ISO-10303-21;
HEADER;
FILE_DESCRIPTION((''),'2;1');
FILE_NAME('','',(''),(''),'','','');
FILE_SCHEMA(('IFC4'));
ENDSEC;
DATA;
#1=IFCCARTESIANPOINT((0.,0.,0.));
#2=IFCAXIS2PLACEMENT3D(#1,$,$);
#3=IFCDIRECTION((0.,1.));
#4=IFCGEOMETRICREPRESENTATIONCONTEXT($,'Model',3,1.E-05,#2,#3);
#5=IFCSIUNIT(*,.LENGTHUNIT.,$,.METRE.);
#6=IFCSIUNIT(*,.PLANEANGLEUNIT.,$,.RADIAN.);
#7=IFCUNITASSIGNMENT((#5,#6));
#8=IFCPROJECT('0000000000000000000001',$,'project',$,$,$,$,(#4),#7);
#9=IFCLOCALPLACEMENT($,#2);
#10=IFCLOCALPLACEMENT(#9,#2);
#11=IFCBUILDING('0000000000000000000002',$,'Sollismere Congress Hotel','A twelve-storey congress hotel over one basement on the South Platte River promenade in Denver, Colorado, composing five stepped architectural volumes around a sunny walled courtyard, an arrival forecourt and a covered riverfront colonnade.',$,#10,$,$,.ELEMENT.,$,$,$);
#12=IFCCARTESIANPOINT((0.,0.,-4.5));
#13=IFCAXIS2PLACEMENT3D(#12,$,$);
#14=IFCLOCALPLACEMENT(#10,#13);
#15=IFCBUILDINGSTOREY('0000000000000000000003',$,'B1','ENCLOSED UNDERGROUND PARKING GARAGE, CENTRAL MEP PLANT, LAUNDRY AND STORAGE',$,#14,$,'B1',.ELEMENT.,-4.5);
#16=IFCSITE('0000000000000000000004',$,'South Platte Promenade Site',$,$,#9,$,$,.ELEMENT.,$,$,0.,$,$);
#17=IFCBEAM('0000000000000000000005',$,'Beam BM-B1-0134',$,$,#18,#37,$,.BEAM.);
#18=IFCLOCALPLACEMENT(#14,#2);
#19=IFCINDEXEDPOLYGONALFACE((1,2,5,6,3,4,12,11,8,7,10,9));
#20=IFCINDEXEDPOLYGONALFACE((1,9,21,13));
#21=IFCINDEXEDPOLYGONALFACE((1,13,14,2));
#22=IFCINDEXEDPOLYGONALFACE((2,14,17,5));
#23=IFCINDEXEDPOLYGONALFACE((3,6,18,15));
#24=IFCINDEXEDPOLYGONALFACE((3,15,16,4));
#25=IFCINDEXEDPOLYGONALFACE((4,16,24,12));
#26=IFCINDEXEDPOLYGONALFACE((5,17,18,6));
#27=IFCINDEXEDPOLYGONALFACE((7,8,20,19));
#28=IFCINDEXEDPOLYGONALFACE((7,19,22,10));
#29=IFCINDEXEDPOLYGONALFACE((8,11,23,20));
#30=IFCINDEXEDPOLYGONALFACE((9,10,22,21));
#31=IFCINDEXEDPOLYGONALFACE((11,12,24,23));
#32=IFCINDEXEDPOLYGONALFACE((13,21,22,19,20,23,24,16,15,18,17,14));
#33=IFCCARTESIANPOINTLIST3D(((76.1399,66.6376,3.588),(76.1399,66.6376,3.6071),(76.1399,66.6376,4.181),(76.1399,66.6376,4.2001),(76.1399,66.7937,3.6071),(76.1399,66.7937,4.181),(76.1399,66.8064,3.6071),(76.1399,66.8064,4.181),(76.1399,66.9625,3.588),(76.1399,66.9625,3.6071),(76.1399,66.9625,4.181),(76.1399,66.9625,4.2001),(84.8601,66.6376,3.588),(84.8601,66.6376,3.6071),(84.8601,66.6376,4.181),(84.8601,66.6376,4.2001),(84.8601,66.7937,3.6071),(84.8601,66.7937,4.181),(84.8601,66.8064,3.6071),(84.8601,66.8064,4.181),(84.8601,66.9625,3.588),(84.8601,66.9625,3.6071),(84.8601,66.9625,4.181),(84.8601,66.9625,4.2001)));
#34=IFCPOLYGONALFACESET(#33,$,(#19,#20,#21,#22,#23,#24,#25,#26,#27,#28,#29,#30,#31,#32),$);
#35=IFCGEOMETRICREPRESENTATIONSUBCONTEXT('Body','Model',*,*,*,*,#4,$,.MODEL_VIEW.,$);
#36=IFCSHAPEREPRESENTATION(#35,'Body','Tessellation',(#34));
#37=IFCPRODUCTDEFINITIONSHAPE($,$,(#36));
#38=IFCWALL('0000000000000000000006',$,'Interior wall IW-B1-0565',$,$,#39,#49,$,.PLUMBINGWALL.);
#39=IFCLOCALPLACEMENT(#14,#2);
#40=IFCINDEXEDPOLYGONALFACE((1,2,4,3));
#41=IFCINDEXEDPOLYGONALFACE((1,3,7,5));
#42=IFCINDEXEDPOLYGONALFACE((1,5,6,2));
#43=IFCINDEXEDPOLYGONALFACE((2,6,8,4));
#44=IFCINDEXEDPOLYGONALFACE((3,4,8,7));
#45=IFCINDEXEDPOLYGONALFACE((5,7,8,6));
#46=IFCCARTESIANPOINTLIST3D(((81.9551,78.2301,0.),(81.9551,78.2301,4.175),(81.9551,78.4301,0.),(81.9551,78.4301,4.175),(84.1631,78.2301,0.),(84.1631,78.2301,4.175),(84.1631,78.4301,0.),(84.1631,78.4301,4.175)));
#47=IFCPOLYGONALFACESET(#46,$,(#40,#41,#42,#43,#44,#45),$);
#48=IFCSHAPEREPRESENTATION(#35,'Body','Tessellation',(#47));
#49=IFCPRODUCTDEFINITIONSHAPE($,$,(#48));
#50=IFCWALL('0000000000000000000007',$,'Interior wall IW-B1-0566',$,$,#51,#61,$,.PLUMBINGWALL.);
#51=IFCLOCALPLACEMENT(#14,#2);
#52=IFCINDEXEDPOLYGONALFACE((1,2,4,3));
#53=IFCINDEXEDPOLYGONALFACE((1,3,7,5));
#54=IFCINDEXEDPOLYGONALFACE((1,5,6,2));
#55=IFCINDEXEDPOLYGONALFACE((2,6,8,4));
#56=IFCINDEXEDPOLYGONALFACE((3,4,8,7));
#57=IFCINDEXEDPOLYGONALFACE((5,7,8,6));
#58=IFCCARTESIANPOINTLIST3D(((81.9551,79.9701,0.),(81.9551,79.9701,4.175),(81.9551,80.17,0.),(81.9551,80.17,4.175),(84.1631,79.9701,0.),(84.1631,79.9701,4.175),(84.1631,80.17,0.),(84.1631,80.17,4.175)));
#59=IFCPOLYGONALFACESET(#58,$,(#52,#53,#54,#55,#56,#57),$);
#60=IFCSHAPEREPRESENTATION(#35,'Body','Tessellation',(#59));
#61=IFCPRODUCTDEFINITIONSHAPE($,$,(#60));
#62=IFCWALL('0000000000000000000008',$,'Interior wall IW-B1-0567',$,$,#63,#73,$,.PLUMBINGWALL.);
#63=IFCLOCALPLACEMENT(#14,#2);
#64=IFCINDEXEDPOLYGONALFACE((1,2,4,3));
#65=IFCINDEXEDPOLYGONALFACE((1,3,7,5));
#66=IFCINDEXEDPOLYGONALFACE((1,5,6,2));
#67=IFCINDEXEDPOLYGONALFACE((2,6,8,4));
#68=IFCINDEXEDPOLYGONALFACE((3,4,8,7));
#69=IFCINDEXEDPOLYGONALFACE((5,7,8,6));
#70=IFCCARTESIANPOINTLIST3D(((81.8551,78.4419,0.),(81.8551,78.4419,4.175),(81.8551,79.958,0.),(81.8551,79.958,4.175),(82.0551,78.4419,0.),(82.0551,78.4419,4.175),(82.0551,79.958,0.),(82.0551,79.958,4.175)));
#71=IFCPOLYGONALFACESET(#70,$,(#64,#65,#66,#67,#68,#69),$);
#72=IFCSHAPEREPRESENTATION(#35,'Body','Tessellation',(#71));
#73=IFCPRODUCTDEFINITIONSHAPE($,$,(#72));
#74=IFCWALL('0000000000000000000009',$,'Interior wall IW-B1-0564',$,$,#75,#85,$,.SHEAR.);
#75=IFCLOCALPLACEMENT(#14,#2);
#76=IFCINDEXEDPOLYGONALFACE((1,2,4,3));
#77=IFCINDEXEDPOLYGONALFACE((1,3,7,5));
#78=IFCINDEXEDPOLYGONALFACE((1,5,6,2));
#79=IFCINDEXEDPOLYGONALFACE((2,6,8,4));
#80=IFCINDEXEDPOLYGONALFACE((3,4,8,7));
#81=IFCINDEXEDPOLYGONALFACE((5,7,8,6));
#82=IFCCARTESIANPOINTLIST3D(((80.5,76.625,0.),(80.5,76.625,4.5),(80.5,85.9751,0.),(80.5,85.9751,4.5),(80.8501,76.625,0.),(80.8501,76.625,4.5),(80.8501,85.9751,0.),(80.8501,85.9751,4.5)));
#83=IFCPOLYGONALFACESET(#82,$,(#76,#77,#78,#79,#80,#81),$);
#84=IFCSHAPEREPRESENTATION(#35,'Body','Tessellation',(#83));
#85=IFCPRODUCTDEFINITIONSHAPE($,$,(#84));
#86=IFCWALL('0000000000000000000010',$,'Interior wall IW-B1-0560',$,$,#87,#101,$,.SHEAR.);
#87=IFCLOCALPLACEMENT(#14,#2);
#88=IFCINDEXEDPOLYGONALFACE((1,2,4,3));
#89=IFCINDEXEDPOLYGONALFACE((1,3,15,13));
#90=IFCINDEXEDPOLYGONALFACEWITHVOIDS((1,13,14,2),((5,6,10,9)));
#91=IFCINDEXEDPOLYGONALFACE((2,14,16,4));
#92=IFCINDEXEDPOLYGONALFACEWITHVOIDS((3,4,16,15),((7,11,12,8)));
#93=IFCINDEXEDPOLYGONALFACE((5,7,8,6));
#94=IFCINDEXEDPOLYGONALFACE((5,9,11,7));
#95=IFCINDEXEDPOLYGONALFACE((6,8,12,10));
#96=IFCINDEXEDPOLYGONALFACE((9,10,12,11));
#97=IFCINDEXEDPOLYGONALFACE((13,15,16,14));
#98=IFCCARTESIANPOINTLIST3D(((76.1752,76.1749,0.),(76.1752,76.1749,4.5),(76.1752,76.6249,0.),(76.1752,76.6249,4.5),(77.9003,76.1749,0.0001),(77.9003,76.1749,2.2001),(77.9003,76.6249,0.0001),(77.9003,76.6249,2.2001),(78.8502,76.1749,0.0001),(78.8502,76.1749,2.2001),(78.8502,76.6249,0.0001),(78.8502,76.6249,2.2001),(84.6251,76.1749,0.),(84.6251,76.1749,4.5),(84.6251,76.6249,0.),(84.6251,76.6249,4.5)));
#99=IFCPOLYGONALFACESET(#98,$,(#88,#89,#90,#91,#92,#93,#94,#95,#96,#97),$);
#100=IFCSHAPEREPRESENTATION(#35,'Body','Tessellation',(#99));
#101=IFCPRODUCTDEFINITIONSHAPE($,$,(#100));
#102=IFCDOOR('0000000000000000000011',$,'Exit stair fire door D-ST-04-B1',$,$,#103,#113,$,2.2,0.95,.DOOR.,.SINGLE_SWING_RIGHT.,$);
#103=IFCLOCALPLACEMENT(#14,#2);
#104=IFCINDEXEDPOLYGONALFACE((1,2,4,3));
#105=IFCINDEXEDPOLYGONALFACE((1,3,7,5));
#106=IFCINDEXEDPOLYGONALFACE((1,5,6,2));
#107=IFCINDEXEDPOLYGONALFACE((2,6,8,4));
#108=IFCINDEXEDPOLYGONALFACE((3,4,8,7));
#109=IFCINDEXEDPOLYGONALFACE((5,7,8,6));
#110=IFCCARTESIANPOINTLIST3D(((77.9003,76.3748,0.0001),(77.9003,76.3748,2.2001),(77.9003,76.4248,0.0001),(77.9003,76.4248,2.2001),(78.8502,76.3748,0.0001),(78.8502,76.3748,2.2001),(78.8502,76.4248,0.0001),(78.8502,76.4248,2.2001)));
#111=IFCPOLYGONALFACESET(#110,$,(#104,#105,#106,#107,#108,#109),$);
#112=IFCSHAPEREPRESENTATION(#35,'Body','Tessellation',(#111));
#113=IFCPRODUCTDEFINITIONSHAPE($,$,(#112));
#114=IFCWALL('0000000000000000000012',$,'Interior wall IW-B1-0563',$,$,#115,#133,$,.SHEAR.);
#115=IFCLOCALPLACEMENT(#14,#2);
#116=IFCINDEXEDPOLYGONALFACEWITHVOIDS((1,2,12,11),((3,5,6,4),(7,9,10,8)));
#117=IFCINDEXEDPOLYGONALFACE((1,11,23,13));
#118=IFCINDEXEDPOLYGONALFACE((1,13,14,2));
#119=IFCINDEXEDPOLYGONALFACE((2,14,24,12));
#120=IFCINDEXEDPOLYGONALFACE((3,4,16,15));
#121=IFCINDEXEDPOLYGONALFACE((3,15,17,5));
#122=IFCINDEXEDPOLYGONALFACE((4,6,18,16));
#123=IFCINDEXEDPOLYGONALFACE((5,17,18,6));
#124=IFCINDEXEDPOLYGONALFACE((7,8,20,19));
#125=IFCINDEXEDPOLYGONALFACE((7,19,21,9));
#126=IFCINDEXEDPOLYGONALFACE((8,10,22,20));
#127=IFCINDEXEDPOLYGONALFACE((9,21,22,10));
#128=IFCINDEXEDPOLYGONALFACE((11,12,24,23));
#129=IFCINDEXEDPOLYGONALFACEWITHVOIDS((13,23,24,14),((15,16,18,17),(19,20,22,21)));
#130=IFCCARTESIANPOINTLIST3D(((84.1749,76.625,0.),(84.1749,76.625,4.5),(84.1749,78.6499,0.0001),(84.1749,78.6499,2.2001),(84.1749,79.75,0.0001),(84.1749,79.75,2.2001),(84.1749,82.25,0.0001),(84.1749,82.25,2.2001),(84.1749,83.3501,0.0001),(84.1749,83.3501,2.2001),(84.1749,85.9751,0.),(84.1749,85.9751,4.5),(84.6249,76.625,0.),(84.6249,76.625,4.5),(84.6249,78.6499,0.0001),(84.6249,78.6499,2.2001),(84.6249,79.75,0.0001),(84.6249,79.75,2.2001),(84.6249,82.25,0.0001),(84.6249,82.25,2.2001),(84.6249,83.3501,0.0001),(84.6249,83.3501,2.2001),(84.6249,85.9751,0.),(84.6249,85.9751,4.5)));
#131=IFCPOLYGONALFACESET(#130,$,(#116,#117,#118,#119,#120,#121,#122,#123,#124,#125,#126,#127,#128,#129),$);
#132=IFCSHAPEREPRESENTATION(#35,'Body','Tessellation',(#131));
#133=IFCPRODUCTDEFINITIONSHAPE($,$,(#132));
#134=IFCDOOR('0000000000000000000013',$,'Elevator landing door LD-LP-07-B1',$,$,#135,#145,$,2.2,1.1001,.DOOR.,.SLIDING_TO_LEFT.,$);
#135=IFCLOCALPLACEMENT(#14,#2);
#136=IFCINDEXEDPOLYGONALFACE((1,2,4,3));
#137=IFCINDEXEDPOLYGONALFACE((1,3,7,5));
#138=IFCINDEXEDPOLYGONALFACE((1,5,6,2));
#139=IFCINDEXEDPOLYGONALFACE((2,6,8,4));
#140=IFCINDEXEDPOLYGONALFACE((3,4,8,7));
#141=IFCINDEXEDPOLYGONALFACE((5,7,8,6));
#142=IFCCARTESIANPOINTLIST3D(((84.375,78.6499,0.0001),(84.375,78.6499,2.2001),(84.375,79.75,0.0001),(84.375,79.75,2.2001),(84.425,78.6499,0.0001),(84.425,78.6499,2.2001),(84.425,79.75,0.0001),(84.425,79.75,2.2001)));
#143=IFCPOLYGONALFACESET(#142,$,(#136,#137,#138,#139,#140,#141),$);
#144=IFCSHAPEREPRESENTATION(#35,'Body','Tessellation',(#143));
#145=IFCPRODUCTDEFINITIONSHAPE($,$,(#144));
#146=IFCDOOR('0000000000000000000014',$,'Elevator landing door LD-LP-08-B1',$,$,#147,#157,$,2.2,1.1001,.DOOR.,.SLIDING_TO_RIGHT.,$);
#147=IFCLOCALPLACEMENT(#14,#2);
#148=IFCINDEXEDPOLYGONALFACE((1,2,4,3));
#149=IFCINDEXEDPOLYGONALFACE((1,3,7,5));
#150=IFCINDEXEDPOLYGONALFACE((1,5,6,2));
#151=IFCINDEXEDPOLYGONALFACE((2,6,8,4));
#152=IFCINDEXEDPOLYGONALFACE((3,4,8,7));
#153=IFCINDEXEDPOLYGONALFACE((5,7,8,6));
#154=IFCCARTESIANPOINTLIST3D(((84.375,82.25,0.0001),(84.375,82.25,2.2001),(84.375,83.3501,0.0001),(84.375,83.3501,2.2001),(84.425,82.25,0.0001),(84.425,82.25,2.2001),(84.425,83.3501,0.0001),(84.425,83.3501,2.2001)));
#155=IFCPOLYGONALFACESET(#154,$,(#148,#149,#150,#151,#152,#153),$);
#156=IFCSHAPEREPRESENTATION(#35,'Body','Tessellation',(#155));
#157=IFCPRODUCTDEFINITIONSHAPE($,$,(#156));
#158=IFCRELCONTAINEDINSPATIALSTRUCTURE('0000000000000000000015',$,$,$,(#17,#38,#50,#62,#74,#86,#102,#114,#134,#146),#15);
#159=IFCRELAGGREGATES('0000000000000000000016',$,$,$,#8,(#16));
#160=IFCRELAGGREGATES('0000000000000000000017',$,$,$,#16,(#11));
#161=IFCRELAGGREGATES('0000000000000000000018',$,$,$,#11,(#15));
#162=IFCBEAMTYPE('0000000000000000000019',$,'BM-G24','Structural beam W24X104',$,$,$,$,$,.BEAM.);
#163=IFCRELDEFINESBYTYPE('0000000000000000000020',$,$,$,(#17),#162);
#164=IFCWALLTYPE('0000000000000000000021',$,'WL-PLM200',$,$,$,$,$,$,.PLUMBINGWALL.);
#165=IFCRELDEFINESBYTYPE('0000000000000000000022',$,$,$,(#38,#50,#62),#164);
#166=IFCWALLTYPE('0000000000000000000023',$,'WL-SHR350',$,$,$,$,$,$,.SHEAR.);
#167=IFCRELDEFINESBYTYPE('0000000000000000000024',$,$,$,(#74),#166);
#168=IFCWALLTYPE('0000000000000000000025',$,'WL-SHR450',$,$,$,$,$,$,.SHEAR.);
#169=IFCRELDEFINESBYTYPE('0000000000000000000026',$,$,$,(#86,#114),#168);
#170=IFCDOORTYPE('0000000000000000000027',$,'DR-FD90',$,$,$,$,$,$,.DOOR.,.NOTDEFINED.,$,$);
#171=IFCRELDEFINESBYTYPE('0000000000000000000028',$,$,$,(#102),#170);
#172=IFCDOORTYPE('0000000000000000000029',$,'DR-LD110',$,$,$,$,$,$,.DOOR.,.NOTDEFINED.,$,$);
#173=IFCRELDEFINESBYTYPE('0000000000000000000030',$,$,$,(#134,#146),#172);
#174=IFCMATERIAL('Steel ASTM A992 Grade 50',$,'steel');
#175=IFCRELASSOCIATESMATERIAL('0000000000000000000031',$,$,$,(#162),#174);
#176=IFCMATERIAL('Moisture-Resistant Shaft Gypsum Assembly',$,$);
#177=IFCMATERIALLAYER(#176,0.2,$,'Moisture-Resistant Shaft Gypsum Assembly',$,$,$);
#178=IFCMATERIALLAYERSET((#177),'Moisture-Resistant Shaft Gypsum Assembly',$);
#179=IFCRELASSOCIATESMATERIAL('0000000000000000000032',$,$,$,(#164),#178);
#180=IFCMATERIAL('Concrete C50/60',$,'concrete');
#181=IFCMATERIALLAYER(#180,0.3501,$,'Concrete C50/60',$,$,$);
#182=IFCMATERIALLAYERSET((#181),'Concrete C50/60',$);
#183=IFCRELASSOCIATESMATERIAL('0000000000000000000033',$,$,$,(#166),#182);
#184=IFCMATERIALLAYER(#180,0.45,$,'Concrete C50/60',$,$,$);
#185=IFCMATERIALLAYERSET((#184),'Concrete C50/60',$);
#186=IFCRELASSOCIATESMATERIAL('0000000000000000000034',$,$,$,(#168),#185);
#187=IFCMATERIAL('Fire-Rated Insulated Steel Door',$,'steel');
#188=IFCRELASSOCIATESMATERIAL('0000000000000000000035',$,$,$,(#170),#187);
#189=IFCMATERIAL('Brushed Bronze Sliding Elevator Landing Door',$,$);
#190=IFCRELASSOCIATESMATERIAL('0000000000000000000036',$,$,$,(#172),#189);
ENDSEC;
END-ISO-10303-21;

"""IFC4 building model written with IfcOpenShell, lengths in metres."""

from ifc_helpers import new_model, si_unit, direction, frame, frame_2d, origin, origin_2d, place, context, subcontext, project, spatial, rectangle, i_section, extrude, material, layer, layer_set, material_profile, profile_set, type_object, element, fill, save


model = new_model("IFC4")

# Units and contexts
model_context = context("Model", 3, precision=1e-05, world=origin(), true_north=direction((0.0, 1.0)))
body_context = subcontext(model_context, "Body", "Model", "MODEL_VIEW")
ifc_project = project(units=[si_unit("LENGTHUNIT", "METRE"), si_unit("PLANEANGLEUNIT", "RADIAN")], contexts=[model_context])

# Site, building, storey
site_placement = place(None, origin())
site = spatial("IfcSite", under=ifc_project, at=site_placement, Name="South Platte Promenade Site", CompositionType="ELEMENT", RefElevation=0.0)
building_placement = place(site_placement, origin())
building = spatial("IfcBuilding", under=site, at=building_placement, Name="Sollismere Congress Hotel", Description="A twelve-storey congress hotel over one basement on the South Platte River promenade in Denver, Colorado, composing five stepped architectural volumes around a sunny walled courtyard, an arrival forecourt and a covered riverfront colonnade.", CompositionType="ELEMENT")
storey_placement = place(building_placement, frame((0.0, 0.0, -4.5)))
storey = spatial("IfcBuildingStorey", under=building, at=storey_placement, Name="B1", Description="ENCLOSED UNDERGROUND PARKING GARAGE, CENTRAL MEP PLANT, LAUNDRY AND STORAGE", LongName="B1", CompositionType="ELEMENT", Elevation=-4.5)

# Beam
ifc_material_1 = material(Name="Steel ASTM A992 Grade 50", Category="steel")
ifc_material_profile_1 = material_profile(ifc_material_1, i_section(OverallWidth=0.325, OverallDepth=0.6121, WebThickness=0.0127, FlangeThickness=0.019, at=origin_2d()), Name="W24X104")
ifc_profile_set_1 = profile_set([ifc_material_profile_1], Name="Steel ASTM A992 Grade 50")
beam_type = type_object("IfcBeamType", Name="BM-G24", Description="Structural beam W24X104", PredefinedType="BEAM", material=ifc_profile_set_1)
beam_placement = place(storey_placement, frame((76.1399, 66.8, 3.894), z_axis=(1.0, 0.0, 0.0), x_axis=(0.0, 1.0, 0.0)))
element("IfcBeam", 1, at=beam_placement, inside=storey, type_object=beam_type, Name="Beam BM-B1-0134", PredefinedType="BEAM", context=body_context, shape_type="SweptSolid", body=[
    extrude(i_section(OverallWidth=0.325, OverallDepth=0.6121, WebThickness=0.0127, FlangeThickness=0.019, at=origin_2d()), origin(), (0.0, 0.0, 1.0), 8.7202),
])

# Walls
ifc_material_2 = material(Name="Moisture-Resistant Shaft Gypsum Assembly")
ifc_layer_1 = layer(ifc_material_2, 0.2, Name="Moisture-Resistant Shaft Gypsum Assembly")
ifc_layer_set_1 = layer_set([ifc_layer_1], Name="Moisture-Resistant Shaft Gypsum Assembly")
wall_type_1 = type_object("IfcWallType", Name="WL-PLM200", PredefinedType="PLUMBINGWALL", material=ifc_layer_set_1)
for number, where, z_axis, x_axis, name in (
    (2, (81.9551, 78.3301, 0.0), (0.0, 0.0, 1.0), (1.0, 0.0, 0.0), "Interior wall IW-B1-0565"),
    (3, (81.9551, 80.0701, 0.0), (0.0, 0.0, 1.0), (1.0, 0.0, 0.0), "Interior wall IW-B1-0566"),
):
    element("IfcWall", number, at=place(storey_placement, frame(where, z_axis=z_axis, x_axis=x_axis)), inside=storey, type_object=wall_type_1, Name=name, PredefinedType="PLUMBINGWALL", context=body_context, shape_type="SweptSolid", body=[
        extrude(rectangle(XDim=2.208, YDim=0.2, at=frame_2d((1.104, 0.0))), origin(), (0.0, 0.0, 1.0), 4.175),
    ])
wall_1_placement = place(storey_placement, frame((81.9551, 78.4419, 0.0), z_axis=(0.0, 0.0, 1.0), x_axis=(0.0, 1.0, 0.0)))
element("IfcWall", 4, at=wall_1_placement, inside=storey, type_object=wall_type_1, Name="Interior wall IW-B1-0567", PredefinedType="PLUMBINGWALL", context=body_context, shape_type="SweptSolid", body=[
    extrude(rectangle(XDim=1.5161, YDim=0.2, at=frame_2d((0.7581, 0.0))), origin(), (0.0, 0.0, 1.0), 4.175),
])
ifc_material_3 = material(Name="Concrete C50/60", Category="concrete")
ifc_layer_2 = layer(ifc_material_3, 0.3501, Name="Concrete C50/60")
ifc_layer_set_2 = layer_set([ifc_layer_2], Name="Concrete C50/60")
wall_type_2 = type_object("IfcWallType", Name="WL-SHR350", PredefinedType="SHEAR", material=ifc_layer_set_2)
wall_2_placement = place(storey_placement, frame((80.675, 76.625, 0.0), z_axis=(0.0, 0.0, 1.0), x_axis=(0.0, 1.0, 0.0)))
element("IfcWall", 5, at=wall_2_placement, inside=storey, type_object=wall_type_2, Name="Interior wall IW-B1-0564", PredefinedType="SHEAR", context=body_context, shape_type="SweptSolid", body=[
    extrude(rectangle(XDim=9.3501, YDim=0.3501, at=frame_2d((4.675, 0.0))), origin(), (0.0, 0.0, 1.0), 4.5),
])

# Wall, opening, door
ifc_layer_3 = layer(ifc_material_3, 0.45, Name="Concrete C50/60")
ifc_layer_set_3 = layer_set([ifc_layer_3], Name="Concrete C50/60")
wall_type_3 = type_object("IfcWallType", Name="WL-SHR450", PredefinedType="SHEAR", material=ifc_layer_set_3)
wall_3_placement = place(storey_placement, frame((76.175, 76.3999, 0.0), z_axis=(0.0, 0.0, 1.0), x_axis=(1.0, 0.0, 0.0)))
wall_3 = element("IfcWall", 6, at=wall_3_placement, inside=storey, type_object=wall_type_3, Name="Interior wall IW-B1-0560", PredefinedType="SHEAR", context=body_context, shape_type="SweptSolid", body=[
    extrude(rectangle(XDim=8.45, YDim=0.45, at=frame_2d((4.2251, 0.0))), origin(), (0.0, 0.0, 1.0), 4.5),
])
opening_1_placement = place(wall_3_placement, frame((1.7251, 0.0, 0.0)))
opening_1 = element("IfcOpeningElement", 7, at=opening_1_placement, cuts=wall_3, PredefinedType="OPENING", context=body_context, shape_type="SweptSolid", body=[
    extrude(rectangle(XDim=0.95, YDim=2.2, at=frame_2d((0.4751, 1.1001))), frame((0.0, 0.2349, 0.0), z_axis=(0.0, -1.0, 0.0), x_axis=(1.0, 0.0, 0.0)), (0.0, 0.0, 1.0), 0.47),
])
ifc_material_4 = material(Name="Fire-Rated Insulated Steel Door", Category="steel")
door_type_1 = type_object("IfcDoorType", Name="DR-FD90", OperationType="NOTDEFINED", PredefinedType="DOOR", material=ifc_material_4)
door_1_placement = place(opening_1_placement, origin())
door_1 = element("IfcDoor", 8, at=door_1_placement, inside=storey, type_object=door_type_1, Name="Exit stair fire door D-ST-04-B1", OperationType="SINGLE_SWING_RIGHT", OverallHeight=2.2, OverallWidth=0.95, PredefinedType="DOOR", context=body_context, shape_type="SweptSolid", body=[
    extrude(rectangle(XDim=0.95, YDim=2.2, at=frame_2d((0.4751, 1.1001))), frame((0.0, 0.0249, 0.0), z_axis=(0.0, -1.0, 0.0), x_axis=(1.0, 0.0, 0.0)), (0.0, 0.0, 1.0), 0.05),
])
fill(opening_1, door_1)

# Wall, openings, doors
wall_4_placement = place(storey_placement, frame((84.3999, 76.625, 0.0), z_axis=(0.0, 0.0, 1.0), x_axis=(0.0, 1.0, 0.0)))
wall_4 = element("IfcWall", 9, at=wall_4_placement, inside=storey, type_object=wall_type_3, Name="Interior wall IW-B1-0563", PredefinedType="SHEAR", context=body_context, shape_type="SweptSolid", body=[
    extrude(rectangle(XDim=9.3501, YDim=0.45, at=frame_2d((4.675, 0.0))), origin(), (0.0, 0.0, 1.0), 4.5),
])
opening_2_placement = place(wall_4_placement, frame((2.0249, 0.0, 0.0)))
opening_2 = element("IfcOpeningElement", 10, at=opening_2_placement, cuts=wall_4, PredefinedType="OPENING", context=body_context, shape_type="SweptSolid", body=[
    extrude(rectangle(XDim=1.1001, YDim=2.2, at=frame_2d((0.55, 1.1001))), frame((0.0, 0.2349, 0.0), z_axis=(0.0, -1.0, 0.0), x_axis=(1.0, 0.0, 0.0)), (0.0, 0.0, 1.0), 0.47),
])
opening_3_placement = place(wall_4_placement, frame((5.625, 0.0, 0.0)))
opening_3 = element("IfcOpeningElement", 11, at=opening_3_placement, cuts=wall_4, PredefinedType="OPENING", context=body_context, shape_type="SweptSolid", body=[
    extrude(rectangle(XDim=1.1001, YDim=2.2, at=frame_2d((0.55, 1.1001))), frame((0.0, 0.2349, 0.0), z_axis=(0.0, -1.0, 0.0), x_axis=(1.0, 0.0, 0.0)), (0.0, 0.0, 1.0), 0.47),
])
ifc_material_5 = material(Name="Brushed Bronze Sliding Elevator Landing Door")
door_type_2 = type_object("IfcDoorType", Name="DR-LD110", OperationType="NOTDEFINED", PredefinedType="DOOR", material=ifc_material_5)
door_2_placement = place(opening_2_placement, origin())
door_2 = element("IfcDoor", 12, at=door_2_placement, inside=storey, type_object=door_type_2, Name="Elevator landing door LD-LP-07-B1", OperationType="SLIDING_TO_LEFT", OverallHeight=2.2, OverallWidth=1.1001, PredefinedType="DOOR", context=body_context, shape_type="SweptSolid", body=[
    extrude(rectangle(XDim=1.1001, YDim=2.2, at=frame_2d((0.55, 1.1001))), frame((0.0, 0.0249, 0.0), z_axis=(0.0, -1.0, 0.0), x_axis=(1.0, 0.0, 0.0)), (0.0, 0.0, 1.0), 0.05),
])
fill(opening_2, door_2)
door_3_placement = place(opening_3_placement, origin())
door_3 = element("IfcDoor", 13, at=door_3_placement, inside=storey, type_object=door_type_2, Name="Elevator landing door LD-LP-08-B1", OperationType="SLIDING_TO_RIGHT", OverallHeight=2.2, OverallWidth=1.1001, PredefinedType="DOOR", context=body_context, shape_type="SweptSolid", body=[
    extrude(rectangle(XDim=1.1001, YDim=2.2, at=frame_2d((0.55, 1.1001))), frame((0.0, 0.0249, 0.0), z_axis=(0.0, -1.0, 0.0), x_axis=(1.0, 0.0, 0.0)), (0.0, 0.0, 1.0), 0.05),
])
fill(opening_3, door_3)

save(model, "model.ifc")
